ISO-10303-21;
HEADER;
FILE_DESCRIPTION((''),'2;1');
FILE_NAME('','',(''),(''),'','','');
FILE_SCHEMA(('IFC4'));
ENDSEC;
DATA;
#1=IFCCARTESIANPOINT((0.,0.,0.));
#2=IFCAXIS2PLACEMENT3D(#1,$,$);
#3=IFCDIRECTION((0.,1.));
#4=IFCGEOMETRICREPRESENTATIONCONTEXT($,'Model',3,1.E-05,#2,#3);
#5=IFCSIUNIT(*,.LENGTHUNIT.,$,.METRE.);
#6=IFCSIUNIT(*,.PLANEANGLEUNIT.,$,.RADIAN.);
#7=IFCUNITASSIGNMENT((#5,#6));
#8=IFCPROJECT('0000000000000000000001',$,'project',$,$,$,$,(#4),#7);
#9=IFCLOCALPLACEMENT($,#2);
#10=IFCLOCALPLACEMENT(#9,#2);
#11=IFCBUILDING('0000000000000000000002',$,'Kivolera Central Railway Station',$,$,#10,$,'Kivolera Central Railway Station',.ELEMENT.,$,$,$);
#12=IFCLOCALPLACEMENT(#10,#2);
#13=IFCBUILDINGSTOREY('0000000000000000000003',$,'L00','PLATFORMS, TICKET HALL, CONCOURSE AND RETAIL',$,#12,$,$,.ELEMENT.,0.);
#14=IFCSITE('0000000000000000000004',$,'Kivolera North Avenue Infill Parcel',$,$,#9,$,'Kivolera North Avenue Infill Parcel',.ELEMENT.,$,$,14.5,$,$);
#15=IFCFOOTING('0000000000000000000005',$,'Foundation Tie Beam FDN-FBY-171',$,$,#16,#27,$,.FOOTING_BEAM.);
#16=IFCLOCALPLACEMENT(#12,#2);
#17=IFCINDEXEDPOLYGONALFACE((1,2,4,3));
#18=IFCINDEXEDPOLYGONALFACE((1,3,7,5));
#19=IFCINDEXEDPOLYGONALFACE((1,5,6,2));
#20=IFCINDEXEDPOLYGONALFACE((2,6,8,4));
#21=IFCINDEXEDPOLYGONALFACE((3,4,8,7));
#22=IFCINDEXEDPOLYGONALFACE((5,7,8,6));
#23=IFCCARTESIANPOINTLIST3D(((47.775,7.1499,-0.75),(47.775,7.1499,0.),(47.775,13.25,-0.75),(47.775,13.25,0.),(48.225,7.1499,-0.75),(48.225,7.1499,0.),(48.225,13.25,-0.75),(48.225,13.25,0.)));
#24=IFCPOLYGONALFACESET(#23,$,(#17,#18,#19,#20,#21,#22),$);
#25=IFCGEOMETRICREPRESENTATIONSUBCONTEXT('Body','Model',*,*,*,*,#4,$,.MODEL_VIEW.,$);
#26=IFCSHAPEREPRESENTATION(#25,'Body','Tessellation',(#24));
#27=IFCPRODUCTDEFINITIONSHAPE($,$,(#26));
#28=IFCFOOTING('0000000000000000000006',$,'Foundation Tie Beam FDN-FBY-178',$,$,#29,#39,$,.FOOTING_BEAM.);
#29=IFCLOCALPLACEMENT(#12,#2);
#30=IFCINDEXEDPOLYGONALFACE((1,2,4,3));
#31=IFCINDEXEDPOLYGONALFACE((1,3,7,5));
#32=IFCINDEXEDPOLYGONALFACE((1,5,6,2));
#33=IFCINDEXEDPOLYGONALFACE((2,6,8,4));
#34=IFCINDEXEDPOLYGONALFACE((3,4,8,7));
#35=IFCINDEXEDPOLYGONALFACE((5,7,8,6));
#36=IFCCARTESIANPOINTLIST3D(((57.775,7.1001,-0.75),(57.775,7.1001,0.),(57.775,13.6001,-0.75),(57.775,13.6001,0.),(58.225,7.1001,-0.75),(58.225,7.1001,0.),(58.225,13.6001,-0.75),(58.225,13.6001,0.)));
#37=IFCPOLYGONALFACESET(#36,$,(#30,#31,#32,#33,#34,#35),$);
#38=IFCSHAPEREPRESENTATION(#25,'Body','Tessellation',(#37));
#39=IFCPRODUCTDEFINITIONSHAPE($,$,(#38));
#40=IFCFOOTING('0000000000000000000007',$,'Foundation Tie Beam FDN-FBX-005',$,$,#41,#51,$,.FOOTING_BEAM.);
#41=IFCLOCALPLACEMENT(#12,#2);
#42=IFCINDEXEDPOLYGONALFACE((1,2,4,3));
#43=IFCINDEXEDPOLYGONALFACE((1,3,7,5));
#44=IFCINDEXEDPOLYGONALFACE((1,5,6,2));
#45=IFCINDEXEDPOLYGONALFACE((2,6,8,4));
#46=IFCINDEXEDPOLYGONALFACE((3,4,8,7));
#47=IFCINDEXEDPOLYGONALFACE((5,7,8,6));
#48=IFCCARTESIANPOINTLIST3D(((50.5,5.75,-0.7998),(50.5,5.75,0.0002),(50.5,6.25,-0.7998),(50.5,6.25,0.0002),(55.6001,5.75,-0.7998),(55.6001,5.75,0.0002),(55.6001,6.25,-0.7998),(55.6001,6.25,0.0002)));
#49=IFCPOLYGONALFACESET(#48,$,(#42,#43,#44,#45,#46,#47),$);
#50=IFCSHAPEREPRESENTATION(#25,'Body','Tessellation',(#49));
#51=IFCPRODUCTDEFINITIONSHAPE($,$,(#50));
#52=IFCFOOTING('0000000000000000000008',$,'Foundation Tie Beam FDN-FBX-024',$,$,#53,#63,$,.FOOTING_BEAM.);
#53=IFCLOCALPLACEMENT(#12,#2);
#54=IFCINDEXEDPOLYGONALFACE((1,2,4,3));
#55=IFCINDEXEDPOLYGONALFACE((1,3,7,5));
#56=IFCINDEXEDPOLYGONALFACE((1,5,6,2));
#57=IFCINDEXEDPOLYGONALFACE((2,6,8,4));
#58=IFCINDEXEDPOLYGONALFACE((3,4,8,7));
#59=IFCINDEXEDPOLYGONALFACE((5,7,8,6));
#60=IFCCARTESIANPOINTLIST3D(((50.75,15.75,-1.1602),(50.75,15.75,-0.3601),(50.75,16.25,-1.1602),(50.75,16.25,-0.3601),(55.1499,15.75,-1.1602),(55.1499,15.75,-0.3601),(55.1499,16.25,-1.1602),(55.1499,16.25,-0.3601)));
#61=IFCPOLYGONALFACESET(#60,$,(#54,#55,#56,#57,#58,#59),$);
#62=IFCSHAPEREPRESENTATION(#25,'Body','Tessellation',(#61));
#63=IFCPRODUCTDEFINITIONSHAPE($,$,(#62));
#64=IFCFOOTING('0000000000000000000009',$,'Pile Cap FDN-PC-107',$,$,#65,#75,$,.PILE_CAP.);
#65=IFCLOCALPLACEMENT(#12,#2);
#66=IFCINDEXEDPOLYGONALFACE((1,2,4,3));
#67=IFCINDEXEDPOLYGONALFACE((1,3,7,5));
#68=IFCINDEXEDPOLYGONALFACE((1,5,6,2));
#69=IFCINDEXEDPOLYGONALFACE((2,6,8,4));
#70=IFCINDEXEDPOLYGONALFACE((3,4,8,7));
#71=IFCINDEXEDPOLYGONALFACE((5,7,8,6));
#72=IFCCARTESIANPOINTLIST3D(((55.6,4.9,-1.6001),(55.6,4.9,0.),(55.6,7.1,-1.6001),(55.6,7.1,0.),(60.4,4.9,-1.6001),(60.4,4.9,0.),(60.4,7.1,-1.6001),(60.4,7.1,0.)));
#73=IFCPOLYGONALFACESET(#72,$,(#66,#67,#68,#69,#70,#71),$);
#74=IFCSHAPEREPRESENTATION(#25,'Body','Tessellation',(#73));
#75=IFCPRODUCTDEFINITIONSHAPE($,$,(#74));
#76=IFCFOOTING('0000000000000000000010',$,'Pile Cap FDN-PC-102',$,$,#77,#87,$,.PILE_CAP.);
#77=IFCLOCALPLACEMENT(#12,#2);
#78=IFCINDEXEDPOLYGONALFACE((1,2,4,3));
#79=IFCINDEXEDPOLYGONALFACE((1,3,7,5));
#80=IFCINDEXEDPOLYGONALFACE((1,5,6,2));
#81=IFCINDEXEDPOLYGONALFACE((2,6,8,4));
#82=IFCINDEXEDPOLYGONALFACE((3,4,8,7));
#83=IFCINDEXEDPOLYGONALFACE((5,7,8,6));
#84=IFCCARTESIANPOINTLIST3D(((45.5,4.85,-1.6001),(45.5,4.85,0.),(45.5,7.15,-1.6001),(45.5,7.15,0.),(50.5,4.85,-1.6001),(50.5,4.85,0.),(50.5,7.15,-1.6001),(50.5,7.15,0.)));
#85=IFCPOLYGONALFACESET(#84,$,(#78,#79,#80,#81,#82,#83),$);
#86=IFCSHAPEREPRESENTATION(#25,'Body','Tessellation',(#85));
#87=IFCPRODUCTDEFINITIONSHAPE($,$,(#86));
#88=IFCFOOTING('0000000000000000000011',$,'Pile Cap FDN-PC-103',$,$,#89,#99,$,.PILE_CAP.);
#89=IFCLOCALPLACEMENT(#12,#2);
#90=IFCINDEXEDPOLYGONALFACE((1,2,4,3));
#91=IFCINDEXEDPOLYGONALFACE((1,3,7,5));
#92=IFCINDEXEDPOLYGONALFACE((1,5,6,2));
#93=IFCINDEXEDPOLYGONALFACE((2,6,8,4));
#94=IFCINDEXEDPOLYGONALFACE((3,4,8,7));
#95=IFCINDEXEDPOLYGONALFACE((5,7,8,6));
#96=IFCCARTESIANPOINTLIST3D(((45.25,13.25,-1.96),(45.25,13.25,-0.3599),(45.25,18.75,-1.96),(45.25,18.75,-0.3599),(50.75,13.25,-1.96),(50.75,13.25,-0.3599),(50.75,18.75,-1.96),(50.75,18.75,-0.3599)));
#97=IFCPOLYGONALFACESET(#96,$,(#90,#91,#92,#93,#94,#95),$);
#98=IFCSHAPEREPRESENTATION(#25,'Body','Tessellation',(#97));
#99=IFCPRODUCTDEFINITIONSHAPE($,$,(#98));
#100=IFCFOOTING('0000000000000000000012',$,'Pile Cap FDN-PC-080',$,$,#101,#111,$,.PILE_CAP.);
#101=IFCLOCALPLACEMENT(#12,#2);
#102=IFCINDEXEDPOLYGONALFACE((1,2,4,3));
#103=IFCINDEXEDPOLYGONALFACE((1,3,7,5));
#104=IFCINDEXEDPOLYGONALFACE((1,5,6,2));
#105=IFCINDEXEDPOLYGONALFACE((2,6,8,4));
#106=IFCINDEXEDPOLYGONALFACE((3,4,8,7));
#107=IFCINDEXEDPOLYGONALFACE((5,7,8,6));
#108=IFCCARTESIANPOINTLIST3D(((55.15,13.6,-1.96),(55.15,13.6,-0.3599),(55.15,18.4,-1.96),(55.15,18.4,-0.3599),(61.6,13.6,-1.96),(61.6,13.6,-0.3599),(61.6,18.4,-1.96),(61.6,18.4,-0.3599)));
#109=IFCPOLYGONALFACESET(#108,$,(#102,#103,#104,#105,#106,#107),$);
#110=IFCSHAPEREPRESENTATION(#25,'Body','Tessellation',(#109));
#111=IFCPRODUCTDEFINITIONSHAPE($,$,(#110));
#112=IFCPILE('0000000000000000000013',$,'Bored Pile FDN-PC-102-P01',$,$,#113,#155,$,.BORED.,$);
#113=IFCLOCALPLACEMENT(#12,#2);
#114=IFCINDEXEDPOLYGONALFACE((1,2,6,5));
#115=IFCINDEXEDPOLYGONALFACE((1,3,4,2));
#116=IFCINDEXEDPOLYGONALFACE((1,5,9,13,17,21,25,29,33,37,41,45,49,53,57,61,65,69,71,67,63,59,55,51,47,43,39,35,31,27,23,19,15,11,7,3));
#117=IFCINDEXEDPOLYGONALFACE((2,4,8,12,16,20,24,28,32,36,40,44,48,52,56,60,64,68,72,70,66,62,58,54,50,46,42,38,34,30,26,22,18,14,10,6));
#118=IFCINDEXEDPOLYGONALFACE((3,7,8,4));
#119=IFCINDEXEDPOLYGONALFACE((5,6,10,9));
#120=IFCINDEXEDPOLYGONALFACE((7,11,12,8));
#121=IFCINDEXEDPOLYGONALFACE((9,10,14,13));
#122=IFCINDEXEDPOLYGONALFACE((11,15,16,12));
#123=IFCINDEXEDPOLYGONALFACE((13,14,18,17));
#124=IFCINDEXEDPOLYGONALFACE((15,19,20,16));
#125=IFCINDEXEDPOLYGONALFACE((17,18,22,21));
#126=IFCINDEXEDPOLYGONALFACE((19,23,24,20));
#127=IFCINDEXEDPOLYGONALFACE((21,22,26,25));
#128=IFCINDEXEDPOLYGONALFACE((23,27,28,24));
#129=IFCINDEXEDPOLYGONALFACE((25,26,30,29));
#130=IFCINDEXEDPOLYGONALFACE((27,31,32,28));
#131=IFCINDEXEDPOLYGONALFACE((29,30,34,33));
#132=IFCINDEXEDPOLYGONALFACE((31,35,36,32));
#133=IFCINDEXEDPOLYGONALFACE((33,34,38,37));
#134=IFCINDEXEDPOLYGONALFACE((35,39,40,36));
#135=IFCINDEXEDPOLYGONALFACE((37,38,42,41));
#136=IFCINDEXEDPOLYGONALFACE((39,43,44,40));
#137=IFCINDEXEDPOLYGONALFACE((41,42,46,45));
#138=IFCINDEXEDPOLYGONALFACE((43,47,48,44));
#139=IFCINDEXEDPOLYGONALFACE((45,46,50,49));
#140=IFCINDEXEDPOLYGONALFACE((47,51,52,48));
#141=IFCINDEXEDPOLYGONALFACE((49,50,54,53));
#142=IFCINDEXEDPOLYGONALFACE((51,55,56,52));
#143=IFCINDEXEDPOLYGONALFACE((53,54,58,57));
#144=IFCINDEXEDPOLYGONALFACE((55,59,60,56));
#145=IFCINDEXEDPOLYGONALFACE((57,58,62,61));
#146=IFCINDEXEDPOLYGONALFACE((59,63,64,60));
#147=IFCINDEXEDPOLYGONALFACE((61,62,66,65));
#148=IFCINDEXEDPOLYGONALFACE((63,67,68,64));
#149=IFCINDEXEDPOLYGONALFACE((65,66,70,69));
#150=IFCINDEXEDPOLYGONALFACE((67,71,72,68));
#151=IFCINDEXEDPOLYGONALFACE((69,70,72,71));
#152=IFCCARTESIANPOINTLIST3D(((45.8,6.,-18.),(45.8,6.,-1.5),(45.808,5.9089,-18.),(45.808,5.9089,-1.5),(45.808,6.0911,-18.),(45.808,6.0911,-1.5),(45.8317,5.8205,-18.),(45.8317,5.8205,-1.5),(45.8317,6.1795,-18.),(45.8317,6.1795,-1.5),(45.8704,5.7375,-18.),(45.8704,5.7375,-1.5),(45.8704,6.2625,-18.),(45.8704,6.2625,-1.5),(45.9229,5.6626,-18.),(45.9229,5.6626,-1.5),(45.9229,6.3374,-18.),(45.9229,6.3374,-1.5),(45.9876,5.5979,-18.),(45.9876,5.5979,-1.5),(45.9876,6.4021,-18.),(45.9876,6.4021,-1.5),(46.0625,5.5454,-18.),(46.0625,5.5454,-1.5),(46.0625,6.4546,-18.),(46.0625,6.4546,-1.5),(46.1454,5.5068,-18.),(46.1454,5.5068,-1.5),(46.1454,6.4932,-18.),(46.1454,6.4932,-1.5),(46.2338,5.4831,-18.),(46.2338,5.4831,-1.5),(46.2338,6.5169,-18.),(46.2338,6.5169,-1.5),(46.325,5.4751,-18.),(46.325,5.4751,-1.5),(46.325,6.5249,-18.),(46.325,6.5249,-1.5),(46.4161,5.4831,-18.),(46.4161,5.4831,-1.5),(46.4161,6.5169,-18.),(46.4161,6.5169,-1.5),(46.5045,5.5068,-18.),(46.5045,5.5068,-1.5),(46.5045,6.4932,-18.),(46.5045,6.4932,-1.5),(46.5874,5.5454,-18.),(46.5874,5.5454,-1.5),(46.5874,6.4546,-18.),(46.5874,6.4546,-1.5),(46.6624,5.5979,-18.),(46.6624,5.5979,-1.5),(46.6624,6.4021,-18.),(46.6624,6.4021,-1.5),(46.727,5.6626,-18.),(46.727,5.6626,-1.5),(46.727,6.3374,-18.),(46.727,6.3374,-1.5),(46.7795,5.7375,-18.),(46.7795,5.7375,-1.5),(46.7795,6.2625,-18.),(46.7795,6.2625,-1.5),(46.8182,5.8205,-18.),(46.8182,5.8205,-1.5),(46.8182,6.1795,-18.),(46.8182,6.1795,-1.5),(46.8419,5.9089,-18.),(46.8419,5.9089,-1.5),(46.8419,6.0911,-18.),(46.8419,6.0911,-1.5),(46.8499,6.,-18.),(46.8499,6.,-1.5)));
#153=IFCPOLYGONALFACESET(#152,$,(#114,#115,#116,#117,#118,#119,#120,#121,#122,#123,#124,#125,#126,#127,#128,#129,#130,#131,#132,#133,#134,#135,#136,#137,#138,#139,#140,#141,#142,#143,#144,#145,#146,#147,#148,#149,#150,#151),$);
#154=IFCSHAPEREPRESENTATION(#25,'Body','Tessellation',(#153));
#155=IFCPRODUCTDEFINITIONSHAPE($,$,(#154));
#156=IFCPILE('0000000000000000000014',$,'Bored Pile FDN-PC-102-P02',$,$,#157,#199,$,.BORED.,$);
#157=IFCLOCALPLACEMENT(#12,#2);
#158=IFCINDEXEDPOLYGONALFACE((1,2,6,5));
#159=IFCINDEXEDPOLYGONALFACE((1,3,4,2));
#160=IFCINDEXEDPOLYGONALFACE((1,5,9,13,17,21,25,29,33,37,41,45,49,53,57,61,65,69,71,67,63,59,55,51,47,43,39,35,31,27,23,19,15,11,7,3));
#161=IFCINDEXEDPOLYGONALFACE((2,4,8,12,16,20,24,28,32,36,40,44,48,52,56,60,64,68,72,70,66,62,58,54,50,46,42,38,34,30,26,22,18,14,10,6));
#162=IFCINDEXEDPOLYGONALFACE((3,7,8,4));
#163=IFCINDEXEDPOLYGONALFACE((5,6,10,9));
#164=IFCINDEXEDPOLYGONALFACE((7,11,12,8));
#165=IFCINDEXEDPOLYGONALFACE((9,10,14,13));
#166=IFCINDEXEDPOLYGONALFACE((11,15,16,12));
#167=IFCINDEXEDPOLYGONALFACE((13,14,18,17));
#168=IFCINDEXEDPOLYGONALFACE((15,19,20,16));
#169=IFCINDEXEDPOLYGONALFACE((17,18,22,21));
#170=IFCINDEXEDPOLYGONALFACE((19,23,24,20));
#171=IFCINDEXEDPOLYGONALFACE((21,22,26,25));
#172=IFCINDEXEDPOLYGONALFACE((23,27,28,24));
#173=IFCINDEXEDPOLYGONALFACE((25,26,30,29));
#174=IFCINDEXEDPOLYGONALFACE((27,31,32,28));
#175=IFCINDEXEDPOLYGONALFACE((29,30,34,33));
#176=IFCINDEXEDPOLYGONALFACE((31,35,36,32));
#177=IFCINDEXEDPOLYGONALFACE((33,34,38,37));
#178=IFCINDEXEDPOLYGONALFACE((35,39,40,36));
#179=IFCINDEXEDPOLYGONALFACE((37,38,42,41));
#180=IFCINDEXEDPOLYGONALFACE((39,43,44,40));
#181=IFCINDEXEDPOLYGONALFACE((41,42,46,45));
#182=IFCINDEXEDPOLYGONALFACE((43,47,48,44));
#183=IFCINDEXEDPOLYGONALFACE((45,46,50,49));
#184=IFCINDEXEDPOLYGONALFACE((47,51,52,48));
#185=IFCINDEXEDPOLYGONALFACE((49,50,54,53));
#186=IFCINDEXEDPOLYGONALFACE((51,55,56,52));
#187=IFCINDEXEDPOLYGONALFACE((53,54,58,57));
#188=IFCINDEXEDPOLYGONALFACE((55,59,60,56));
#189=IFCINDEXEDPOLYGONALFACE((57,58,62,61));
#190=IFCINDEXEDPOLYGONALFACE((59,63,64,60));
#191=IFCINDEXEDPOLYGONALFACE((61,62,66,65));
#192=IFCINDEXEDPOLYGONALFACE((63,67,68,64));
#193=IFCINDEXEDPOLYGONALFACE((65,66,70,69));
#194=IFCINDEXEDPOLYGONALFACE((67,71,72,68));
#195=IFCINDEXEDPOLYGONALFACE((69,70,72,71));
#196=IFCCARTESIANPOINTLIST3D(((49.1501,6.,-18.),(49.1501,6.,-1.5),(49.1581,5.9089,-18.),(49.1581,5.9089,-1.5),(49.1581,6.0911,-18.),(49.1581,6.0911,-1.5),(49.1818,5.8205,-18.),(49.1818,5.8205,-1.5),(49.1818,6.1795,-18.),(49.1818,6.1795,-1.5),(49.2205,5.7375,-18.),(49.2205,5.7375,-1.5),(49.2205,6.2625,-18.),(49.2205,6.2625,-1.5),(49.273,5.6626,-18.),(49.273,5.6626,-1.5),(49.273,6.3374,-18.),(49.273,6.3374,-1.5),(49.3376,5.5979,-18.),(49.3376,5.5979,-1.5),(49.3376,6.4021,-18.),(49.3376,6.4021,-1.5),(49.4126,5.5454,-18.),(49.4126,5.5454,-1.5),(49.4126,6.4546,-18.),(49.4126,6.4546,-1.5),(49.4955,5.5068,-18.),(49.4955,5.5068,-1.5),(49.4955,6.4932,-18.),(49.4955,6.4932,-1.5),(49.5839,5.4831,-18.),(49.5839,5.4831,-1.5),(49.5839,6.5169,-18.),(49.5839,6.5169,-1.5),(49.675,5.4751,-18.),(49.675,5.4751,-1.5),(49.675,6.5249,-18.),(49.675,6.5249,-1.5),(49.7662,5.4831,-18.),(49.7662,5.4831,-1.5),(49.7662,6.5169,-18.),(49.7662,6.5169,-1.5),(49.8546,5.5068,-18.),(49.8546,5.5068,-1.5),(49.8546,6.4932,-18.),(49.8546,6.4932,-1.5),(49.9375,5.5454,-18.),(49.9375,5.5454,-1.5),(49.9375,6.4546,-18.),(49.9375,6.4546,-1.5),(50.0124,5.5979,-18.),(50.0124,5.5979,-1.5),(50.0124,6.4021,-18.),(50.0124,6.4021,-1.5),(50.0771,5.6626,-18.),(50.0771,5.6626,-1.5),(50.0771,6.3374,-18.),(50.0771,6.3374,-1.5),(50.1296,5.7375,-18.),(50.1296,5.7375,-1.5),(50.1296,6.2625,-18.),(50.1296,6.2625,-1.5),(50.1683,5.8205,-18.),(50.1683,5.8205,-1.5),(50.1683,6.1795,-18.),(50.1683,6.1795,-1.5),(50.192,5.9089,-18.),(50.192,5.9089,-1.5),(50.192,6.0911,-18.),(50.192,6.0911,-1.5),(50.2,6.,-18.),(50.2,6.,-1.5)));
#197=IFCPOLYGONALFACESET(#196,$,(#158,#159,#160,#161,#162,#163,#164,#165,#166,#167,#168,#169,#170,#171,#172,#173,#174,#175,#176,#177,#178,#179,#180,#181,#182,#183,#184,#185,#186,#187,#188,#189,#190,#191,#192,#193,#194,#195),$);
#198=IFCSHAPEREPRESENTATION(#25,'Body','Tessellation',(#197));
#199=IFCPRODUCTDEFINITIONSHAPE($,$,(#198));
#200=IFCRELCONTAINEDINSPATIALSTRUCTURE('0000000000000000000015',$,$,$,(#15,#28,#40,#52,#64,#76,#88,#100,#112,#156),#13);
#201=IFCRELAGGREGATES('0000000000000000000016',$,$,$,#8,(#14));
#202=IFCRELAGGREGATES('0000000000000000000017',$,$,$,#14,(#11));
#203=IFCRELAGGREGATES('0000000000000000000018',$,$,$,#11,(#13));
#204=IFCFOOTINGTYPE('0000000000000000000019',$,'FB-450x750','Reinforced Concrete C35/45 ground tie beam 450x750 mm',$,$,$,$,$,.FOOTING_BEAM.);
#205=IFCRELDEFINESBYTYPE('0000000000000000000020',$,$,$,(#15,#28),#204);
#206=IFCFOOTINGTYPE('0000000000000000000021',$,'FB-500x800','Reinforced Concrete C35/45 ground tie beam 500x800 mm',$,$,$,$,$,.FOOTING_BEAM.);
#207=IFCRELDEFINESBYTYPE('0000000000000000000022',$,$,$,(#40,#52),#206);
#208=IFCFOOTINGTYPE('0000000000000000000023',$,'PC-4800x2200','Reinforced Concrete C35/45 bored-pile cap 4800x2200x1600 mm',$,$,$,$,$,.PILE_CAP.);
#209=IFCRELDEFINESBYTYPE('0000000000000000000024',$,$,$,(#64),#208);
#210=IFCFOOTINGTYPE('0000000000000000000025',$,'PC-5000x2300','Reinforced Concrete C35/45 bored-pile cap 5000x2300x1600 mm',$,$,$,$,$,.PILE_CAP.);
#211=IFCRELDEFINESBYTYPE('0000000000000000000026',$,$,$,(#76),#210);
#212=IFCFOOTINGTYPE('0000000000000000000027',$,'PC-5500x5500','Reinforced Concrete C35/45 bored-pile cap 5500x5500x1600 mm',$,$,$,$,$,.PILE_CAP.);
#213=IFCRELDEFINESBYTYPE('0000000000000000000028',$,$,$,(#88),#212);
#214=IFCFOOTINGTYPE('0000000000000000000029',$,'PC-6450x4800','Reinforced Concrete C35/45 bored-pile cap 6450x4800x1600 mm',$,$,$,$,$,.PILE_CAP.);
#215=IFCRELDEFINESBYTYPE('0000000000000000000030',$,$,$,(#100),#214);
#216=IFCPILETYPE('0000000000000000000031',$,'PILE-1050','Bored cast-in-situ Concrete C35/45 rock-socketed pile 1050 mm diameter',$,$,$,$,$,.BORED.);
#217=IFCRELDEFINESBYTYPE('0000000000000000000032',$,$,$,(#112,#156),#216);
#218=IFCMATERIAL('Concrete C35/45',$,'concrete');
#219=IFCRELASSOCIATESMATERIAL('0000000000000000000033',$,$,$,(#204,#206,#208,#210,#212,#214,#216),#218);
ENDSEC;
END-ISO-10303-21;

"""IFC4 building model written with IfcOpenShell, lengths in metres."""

from ifc_helpers import new_model, si_unit, direction, frame, origin, origin_2d, place, context, subcontext, project, spatial, rectangle, circle, extrude, material, material_profile, profile_set, type_object, element, save


model = new_model("IFC4")

# Units and contexts
model_context = context("Model", 3, precision=1e-05, world=origin(), true_north=direction((0.0, 1.0)))
body_context = subcontext(model_context, "Body", "Model", "MODEL_VIEW")
ifc_project = project(units=[si_unit("LENGTHUNIT", "METRE"), si_unit("PLANEANGLEUNIT", "RADIAN")], contexts=[model_context])

# Site, building, storey
site_placement = place(None, origin())
site = spatial("IfcSite", under=ifc_project, at=site_placement, Name="Kivolera North Avenue Infill Parcel", LongName="Kivolera North Avenue Infill Parcel", CompositionType="ELEMENT", RefElevation=14.5)
building_placement = place(site_placement, origin())
building = spatial("IfcBuilding", under=site, at=building_placement, Name="Kivolera Central Railway Station", LongName="Kivolera Central Railway Station", CompositionType="ELEMENT")
storey_placement = place(building_placement, origin())
storey = spatial("IfcBuildingStorey", under=building, at=storey_placement, Name="L00", Description="PLATFORMS, TICKET HALL, CONCOURSE AND RETAIL", CompositionType="ELEMENT", Elevation=0.0)

# Footings
ifc_material_1 = material(Name="Concrete C35/45", Category="concrete")
footing_type_1 = type_object("IfcFootingType", Name="FB-450x750", Description="Reinforced Concrete C35/45 ground tie beam 450x750 mm", PredefinedType="FOOTING_BEAM", material=ifc_material_1)
footing_1_placement = place(storey_placement, frame((48.0, 10.2, -0.75), z_axis=(0.0, 0.0, 1.0), x_axis=(1.0, 0.0, 0.0)))
element("IfcFooting", 1, at=footing_1_placement, inside=storey, type_object=footing_type_1, Name="Foundation Tie Beam FDN-FBY-171", PredefinedType="FOOTING_BEAM", context=body_context, shape_type="SweptSolid", body=[
    extrude(rectangle(XDim=0.45, YDim=6.1001, at=origin_2d()), origin(), (0.0, 0.0, 1.0), 0.75),
])
footing_2_placement = place(storey_placement, frame((58.0, 10.3501, -0.75), z_axis=(0.0, 0.0, 1.0), x_axis=(1.0, 0.0, 0.0)))
element("IfcFooting", 2, at=footing_2_placement, inside=storey, type_object=footing_type_1, Name="Foundation Tie Beam FDN-FBY-178", PredefinedType="FOOTING_BEAM", context=body_context, shape_type="SweptSolid", body=[
    extrude(rectangle(XDim=0.45, YDim=6.5, at=origin_2d()), origin(), (0.0, 0.0, 1.0), 0.75),
])
footing_type_2 = type_object("IfcFootingType", Name="FB-500x800", Description="Reinforced Concrete C35/45 ground tie beam 500x800 mm", PredefinedType="FOOTING_BEAM", material=ifc_material_1)
footing_3_placement = place(storey_placement, frame((53.05, 6.0, -0.7998), z_axis=(0.0, 0.0, 1.0), x_axis=(1.0, 0.0, 0.0)))
element("IfcFooting", 3, at=footing_3_placement, inside=storey, type_object=footing_type_2, Name="Foundation Tie Beam FDN-FBX-005", PredefinedType="FOOTING_BEAM", context=body_context, shape_type="SweptSolid", body=[
    extrude(rectangle(XDim=5.1001, YDim=0.5, at=origin_2d()), origin(), (0.0, 0.0, 1.0), 0.8),
])
footing_4_placement = place(storey_placement, frame((52.95, 16.0, -1.1602), z_axis=(0.0, 0.0, 1.0), x_axis=(1.0, 0.0, 0.0)))
element("IfcFooting", 4, at=footing_4_placement, inside=storey, type_object=footing_type_2, Name="Foundation Tie Beam FDN-FBX-024", PredefinedType="FOOTING_BEAM", context=body_context, shape_type="SweptSolid", body=[
    extrude(rectangle(XDim=4.3999, YDim=0.5, at=origin_2d()), origin(), (0.0, 0.0, 1.0), 0.8),
])
footing_type_3 = type_object("IfcFootingType", Name="PC-4800x2200", Description="Reinforced Concrete C35/45 bored-pile cap 4800x2200x1600 mm", PredefinedType="PILE_CAP", material=ifc_material_1)
footing_5_placement = place(storey_placement, frame((58.0, 6.0, -1.6001), z_axis=(0.0, 0.0, 1.0), x_axis=(1.0, 0.0, 0.0)))
element("IfcFooting", 5, at=footing_5_placement, inside=storey, type_object=footing_type_3, Name="Pile Cap FDN-PC-107", PredefinedType="PILE_CAP", context=body_context, shape_type="SweptSolid", body=[
    extrude(rectangle(XDim=4.8, YDim=2.2, at=origin_2d()), origin(), (0.0, 0.0, 1.0), 1.6001),
])
footing_type_4 = type_object("IfcFootingType", Name="PC-5000x2300", Description="Reinforced Concrete C35/45 bored-pile cap 5000x2300x1600 mm", PredefinedType="PILE_CAP", material=ifc_material_1)
footing_6_placement = place(storey_placement, frame((48.0, 6.0, -1.6001), z_axis=(0.0, 0.0, 1.0), x_axis=(1.0, 0.0, 0.0)))
element("IfcFooting", 6, at=footing_6_placement, inside=storey, type_object=footing_type_4, Name="Pile Cap FDN-PC-102", PredefinedType="PILE_CAP", context=body_context, shape_type="SweptSolid", body=[
    extrude(rectangle(XDim=5.0, YDim=2.3, at=origin_2d()), origin(), (0.0, 0.0, 1.0), 1.6001),
])
footing_type_5 = type_object("IfcFootingType", Name="PC-5500x5500", Description="Reinforced Concrete C35/45 bored-pile cap 5500x5500x1600 mm", PredefinedType="PILE_CAP", material=ifc_material_1)
footing_7_placement = place(storey_placement, frame((48.0, 16.0, -1.96), z_axis=(0.0, 0.0, 1.0), x_axis=(1.0, 0.0, 0.0)))
element("IfcFooting", 7, at=footing_7_placement, inside=storey, type_object=footing_type_5, Name="Pile Cap FDN-PC-103", PredefinedType="PILE_CAP", context=body_context, shape_type="SweptSolid", body=[
    extrude(rectangle(XDim=5.5, YDim=5.5, at=origin_2d()), origin(), (0.0, 0.0, 1.0), 1.6001),
])
footing_type_6 = type_object("IfcFootingType", Name="PC-6450x4800", Description="Reinforced Concrete C35/45 bored-pile cap 6450x4800x1600 mm", PredefinedType="PILE_CAP", material=ifc_material_1)
footing_8_placement = place(storey_placement, frame((58.375, 16.0, -1.96), z_axis=(0.0, 0.0, 1.0), x_axis=(1.0, 0.0, 0.0)))
element("IfcFooting", 8, at=footing_8_placement, inside=storey, type_object=footing_type_6, Name="Pile Cap FDN-PC-080", PredefinedType="PILE_CAP", context=body_context, shape_type="SweptSolid", body=[
    extrude(rectangle(XDim=6.45, YDim=4.8, at=origin_2d()), origin(), (0.0, 0.0, 1.0), 1.6001),
])

# Piles
ifc_material_profile_1 = material_profile(ifc_material_1, circle(Radius=0.5249, at=origin_2d()), Name="PILE D1050")
ifc_profile_set_1 = profile_set([ifc_material_profile_1], Name="Concrete C35/45")
pile_type_1 = type_object("IfcPileType", Name="PILE-1050", Description="Bored cast-in-situ Concrete C35/45 rock-socketed pile 1050 mm diameter", PredefinedType="BORED", material=ifc_profile_set_1)
for number, where, z_axis, x_axis, name in (
    (9, (46.325, 6.0, -1.5), (0.0, 0.0, -1.0), (1.0, 0.0, 0.0), "Bored Pile FDN-PC-102-P01"),
    (10, (49.675, 6.0, -1.5), (0.0, 0.0, -1.0), (1.0, 0.0, 0.0), "Bored Pile FDN-PC-102-P02"),
):
    element("IfcPile", number, at=place(storey_placement, frame(where, z_axis=z_axis, x_axis=x_axis)), inside=storey, type_object=pile_type_1, Name=name, PredefinedType="BORED", context=body_context, shape_type="SweptSolid", body=[
        extrude(circle(Radius=0.5249, at=origin_2d()), origin(), (0.0, 0.0, 1.0), 16.5),
    ])

save(model, "model.ifc")
